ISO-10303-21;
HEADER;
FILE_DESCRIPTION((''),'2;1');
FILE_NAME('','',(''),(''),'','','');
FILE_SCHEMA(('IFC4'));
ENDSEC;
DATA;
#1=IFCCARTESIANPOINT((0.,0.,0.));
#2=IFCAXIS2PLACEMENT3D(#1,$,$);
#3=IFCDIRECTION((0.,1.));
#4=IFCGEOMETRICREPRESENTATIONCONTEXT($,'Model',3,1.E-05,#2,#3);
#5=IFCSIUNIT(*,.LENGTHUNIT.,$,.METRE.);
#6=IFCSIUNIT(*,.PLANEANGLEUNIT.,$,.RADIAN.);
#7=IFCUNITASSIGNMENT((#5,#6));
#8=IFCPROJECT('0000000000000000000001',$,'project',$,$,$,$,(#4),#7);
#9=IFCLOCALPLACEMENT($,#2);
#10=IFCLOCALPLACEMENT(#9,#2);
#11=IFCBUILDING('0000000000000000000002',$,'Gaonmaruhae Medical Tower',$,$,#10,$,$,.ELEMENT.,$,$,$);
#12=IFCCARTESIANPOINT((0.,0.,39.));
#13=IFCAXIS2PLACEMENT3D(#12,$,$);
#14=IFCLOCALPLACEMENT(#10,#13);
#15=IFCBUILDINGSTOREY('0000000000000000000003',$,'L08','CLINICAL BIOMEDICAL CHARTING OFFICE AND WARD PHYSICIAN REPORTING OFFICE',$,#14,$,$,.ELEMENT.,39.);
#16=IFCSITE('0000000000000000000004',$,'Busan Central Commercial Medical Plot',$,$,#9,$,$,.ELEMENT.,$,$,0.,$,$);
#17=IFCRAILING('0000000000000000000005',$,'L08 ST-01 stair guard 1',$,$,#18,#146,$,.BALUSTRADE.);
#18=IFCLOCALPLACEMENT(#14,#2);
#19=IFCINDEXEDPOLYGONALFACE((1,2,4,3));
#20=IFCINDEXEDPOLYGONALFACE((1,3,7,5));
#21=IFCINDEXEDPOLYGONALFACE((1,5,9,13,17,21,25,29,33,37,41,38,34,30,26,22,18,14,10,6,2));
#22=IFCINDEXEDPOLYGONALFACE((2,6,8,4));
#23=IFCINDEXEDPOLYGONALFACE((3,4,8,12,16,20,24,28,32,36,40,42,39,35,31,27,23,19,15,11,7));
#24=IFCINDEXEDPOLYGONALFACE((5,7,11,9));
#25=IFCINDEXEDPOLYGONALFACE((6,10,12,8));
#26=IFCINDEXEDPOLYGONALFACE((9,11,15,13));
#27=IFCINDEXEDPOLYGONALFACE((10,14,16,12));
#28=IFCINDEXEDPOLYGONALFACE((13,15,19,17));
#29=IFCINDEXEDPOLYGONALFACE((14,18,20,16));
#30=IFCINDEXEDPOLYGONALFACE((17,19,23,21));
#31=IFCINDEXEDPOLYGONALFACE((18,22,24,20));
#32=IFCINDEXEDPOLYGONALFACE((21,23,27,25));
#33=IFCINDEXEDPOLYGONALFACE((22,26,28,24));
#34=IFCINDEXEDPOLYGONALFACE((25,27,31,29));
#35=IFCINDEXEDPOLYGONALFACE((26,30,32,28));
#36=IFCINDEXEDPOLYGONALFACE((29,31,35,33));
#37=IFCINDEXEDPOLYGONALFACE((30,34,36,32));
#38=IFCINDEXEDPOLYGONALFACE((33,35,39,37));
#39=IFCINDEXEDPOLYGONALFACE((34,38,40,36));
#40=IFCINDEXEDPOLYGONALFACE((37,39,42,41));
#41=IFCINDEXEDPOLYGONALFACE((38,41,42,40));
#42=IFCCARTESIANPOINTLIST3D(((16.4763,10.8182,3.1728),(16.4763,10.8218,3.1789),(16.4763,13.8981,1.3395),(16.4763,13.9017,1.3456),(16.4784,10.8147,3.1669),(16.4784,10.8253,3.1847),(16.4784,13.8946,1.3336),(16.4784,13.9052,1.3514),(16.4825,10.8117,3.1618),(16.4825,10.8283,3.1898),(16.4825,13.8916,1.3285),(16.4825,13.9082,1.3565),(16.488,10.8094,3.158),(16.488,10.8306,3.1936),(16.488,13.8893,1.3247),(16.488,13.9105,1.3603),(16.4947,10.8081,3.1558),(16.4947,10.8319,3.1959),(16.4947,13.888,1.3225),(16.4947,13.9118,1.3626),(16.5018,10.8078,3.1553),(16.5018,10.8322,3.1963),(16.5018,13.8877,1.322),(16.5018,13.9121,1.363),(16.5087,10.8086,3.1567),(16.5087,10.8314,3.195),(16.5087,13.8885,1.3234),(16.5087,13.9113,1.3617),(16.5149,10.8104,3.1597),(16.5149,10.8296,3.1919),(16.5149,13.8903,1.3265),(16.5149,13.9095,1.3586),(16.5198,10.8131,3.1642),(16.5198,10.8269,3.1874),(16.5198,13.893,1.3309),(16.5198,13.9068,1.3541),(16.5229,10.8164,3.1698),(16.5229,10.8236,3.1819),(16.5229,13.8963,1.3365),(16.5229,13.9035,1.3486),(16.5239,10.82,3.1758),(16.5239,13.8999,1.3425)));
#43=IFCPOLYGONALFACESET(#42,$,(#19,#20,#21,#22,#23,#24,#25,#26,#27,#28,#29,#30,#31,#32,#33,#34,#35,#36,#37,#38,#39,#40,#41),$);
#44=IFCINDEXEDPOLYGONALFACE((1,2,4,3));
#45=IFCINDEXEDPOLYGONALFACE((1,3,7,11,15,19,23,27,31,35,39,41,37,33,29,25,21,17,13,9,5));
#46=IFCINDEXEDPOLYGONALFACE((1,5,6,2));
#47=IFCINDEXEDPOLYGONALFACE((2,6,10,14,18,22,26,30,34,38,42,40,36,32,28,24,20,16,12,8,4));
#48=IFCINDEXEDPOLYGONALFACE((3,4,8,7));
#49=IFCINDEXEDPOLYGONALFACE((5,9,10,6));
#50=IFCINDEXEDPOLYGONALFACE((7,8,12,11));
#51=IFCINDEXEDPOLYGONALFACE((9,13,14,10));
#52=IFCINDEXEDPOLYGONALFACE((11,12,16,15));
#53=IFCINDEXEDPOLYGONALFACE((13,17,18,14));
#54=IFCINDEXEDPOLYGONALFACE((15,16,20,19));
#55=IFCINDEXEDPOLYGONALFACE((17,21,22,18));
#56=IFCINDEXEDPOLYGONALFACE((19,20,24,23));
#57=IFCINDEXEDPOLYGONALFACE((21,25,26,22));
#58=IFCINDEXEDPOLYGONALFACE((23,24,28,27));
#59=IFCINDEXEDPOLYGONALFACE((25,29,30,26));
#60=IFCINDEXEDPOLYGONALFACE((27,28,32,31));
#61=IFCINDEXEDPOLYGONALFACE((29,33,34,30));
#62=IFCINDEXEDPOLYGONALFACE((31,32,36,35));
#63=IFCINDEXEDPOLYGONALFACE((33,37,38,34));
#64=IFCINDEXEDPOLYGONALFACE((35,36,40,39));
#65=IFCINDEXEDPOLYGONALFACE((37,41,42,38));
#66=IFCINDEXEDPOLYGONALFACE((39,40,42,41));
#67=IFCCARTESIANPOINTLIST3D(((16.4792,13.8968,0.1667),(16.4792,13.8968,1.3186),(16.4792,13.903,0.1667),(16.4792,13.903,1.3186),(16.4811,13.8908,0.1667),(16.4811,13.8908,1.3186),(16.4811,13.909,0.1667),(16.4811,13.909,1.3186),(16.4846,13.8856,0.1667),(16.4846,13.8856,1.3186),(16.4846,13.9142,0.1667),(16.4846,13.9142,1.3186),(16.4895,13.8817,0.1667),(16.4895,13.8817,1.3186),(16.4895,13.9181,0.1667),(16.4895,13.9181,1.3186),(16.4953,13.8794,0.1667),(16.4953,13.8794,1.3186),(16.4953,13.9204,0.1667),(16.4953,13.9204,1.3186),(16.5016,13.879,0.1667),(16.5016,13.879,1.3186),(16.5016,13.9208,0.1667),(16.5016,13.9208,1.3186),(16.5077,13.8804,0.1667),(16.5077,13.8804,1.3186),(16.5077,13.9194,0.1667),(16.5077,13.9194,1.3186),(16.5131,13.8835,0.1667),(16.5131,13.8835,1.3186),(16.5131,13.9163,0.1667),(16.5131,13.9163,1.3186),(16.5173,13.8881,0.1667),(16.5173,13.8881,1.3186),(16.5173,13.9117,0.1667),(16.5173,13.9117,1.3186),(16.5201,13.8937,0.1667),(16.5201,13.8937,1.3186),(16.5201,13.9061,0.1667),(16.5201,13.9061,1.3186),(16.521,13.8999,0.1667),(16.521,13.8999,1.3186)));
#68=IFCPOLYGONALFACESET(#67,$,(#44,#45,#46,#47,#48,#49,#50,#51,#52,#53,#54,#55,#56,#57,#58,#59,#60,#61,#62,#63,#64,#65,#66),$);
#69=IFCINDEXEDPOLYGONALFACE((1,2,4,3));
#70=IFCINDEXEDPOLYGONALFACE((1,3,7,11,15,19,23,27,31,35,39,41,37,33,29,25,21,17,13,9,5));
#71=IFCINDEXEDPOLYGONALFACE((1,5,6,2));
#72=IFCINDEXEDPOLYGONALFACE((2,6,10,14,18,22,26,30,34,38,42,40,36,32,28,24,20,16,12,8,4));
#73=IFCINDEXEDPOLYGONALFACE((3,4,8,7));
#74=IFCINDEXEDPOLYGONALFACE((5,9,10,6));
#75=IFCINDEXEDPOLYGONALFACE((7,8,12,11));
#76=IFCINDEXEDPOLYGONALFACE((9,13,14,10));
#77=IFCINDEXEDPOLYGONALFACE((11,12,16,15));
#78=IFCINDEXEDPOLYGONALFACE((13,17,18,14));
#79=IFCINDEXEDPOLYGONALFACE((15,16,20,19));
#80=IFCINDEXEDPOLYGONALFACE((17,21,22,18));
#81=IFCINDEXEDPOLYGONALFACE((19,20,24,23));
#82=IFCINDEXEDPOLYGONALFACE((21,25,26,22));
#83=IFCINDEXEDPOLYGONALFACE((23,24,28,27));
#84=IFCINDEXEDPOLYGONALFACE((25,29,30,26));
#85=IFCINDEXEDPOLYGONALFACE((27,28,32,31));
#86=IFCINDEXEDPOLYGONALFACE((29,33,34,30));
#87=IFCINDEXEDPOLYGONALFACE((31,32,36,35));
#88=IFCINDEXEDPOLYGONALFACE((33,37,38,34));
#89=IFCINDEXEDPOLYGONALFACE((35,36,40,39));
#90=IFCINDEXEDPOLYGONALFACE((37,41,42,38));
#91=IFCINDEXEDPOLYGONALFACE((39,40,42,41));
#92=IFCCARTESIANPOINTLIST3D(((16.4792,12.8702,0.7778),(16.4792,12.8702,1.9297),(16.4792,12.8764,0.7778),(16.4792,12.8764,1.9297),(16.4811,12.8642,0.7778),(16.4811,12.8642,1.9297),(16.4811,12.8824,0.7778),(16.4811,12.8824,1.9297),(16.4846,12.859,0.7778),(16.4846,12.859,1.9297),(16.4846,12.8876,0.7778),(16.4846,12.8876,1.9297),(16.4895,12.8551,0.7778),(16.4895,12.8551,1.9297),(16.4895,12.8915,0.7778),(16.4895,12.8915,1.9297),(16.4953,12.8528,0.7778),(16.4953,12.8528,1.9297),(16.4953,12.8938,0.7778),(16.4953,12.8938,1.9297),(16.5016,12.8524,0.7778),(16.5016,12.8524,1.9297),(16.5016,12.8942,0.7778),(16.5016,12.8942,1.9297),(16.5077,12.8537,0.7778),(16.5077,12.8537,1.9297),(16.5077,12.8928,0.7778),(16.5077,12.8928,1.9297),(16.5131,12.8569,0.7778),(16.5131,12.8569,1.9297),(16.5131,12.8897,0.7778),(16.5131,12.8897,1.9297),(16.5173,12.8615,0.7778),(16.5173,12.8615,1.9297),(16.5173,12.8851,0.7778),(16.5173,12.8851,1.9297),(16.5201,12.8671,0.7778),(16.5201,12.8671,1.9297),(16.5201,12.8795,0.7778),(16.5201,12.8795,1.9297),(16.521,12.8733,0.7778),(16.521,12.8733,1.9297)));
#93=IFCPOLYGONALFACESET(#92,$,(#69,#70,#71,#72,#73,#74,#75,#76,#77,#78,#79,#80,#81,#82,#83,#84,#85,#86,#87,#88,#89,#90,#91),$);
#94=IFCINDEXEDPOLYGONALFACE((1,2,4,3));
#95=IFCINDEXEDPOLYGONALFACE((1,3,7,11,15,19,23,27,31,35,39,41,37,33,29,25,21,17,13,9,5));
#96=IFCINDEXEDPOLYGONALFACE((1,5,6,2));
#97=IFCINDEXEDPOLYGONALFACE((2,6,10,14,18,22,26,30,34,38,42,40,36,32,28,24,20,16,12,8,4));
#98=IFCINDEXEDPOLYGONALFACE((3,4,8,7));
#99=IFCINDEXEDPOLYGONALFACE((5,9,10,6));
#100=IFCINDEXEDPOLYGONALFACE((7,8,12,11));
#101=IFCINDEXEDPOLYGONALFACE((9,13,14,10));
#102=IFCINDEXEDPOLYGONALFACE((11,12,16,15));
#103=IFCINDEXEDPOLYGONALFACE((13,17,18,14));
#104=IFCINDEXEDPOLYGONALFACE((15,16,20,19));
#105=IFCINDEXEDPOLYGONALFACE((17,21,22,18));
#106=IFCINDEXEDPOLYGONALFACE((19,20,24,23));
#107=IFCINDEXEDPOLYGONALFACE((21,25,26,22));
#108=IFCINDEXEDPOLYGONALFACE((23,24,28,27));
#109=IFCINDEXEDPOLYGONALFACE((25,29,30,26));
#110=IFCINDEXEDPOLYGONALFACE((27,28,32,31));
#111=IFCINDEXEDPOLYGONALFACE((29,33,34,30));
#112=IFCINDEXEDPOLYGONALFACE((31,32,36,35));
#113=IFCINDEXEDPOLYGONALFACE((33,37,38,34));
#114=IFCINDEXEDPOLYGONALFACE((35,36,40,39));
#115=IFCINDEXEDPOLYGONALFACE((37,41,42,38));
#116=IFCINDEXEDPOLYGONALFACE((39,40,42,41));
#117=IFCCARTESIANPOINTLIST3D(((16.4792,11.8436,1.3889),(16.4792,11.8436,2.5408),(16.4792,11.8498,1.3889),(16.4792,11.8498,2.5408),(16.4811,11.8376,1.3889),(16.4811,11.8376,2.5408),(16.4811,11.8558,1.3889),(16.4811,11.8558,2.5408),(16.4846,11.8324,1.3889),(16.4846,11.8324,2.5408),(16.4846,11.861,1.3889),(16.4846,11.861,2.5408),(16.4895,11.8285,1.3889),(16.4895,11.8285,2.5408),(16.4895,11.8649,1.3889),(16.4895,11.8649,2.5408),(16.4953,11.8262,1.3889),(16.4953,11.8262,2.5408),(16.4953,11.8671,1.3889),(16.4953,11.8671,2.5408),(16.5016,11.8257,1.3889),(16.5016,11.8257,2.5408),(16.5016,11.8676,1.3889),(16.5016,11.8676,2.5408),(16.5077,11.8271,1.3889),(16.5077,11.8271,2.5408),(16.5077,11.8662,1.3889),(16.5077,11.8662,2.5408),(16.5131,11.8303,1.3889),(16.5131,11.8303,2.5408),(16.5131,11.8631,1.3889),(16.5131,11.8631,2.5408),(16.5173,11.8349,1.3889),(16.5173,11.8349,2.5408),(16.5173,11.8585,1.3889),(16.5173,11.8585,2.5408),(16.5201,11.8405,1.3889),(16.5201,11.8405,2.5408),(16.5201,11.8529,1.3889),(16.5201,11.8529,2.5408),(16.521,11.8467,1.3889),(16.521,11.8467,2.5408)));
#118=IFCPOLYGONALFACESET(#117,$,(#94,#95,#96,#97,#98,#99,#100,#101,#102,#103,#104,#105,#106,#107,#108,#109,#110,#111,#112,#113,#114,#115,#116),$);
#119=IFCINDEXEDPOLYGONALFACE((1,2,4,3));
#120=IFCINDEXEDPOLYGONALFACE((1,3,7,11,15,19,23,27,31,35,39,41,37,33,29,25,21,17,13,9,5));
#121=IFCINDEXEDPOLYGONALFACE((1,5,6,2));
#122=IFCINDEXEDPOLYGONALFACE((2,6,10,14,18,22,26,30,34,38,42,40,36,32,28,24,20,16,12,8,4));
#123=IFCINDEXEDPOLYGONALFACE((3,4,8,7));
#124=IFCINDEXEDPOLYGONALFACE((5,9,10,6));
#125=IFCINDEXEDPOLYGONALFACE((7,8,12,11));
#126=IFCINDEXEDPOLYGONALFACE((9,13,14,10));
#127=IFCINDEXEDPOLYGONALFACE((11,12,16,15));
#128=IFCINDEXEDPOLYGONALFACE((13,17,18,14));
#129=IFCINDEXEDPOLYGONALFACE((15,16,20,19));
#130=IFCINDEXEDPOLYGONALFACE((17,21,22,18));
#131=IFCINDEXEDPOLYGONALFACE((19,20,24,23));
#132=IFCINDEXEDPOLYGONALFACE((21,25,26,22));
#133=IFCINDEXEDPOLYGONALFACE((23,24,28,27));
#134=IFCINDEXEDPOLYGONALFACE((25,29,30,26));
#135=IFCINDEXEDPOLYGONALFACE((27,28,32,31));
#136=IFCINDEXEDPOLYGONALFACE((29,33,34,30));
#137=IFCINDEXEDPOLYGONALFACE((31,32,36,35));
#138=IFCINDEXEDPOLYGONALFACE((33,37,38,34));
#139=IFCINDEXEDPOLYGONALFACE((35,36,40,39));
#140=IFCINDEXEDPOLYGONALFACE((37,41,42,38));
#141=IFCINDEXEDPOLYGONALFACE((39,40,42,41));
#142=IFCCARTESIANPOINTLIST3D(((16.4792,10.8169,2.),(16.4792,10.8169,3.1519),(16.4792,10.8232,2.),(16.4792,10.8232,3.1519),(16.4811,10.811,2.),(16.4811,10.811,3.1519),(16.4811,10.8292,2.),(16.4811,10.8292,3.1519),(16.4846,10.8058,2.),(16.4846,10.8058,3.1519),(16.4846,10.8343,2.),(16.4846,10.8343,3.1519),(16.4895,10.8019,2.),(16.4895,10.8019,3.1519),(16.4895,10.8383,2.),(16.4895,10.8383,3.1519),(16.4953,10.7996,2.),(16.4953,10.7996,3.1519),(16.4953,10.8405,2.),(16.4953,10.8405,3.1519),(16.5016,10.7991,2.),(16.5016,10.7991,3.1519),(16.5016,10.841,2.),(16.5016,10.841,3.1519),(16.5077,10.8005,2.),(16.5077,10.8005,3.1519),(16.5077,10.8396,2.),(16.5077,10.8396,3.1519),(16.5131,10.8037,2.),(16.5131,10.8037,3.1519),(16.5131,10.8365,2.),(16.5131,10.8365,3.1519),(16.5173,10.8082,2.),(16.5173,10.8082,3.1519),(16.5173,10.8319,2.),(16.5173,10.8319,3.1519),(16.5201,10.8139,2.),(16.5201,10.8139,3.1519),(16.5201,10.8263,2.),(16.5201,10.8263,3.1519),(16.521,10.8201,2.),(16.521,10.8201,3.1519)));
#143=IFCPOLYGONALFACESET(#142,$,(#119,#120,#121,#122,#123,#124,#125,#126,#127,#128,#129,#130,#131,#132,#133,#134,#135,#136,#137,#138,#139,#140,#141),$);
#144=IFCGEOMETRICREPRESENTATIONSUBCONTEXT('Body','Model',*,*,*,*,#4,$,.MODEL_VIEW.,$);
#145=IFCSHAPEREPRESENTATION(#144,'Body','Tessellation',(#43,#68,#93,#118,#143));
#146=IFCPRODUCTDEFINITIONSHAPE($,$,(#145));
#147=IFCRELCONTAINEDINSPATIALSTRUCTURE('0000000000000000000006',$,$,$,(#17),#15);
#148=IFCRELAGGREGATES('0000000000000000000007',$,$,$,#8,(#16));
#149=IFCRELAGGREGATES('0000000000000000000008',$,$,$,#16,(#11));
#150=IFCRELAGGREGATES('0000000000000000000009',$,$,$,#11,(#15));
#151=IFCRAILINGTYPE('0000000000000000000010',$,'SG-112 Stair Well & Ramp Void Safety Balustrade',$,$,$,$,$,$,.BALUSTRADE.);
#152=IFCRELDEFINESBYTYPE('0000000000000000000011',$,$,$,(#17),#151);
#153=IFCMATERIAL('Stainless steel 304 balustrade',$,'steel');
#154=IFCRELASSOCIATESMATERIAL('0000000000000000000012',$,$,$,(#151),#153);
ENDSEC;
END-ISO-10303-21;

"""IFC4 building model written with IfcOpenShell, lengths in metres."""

from ifc_helpers import new_model, si_unit, direction, frame, origin, origin_2d, place, context, subcontext, project, spatial, circle, extrude, material, type_object, element, save


model = new_model("IFC4")

# Units and contexts
model_context = context("Model", 3, precision=1e-05, world=origin(), true_north=direction((0.0, 1.0)))
body_context = subcontext(model_context, "Body", "Model", "MODEL_VIEW")
ifc_project = project(units=[si_unit("LENGTHUNIT", "METRE"), si_unit("PLANEANGLEUNIT", "RADIAN")], contexts=[model_context])

# Site, building, storey
site_placement = place(None, origin())
site = spatial("IfcSite", under=ifc_project, at=site_placement, Name="Busan Central Commercial Medical Plot", CompositionType="ELEMENT", RefElevation=0.0)
building_placement = place(site_placement, origin())
building = spatial("IfcBuilding", under=site, at=building_placement, Name="Gaonmaruhae Medical Tower", CompositionType="ELEMENT")
storey_placement = place(building_placement, frame((0.0, 0.0, 39.0)))
storey = spatial("IfcBuildingStorey", under=building, at=storey_placement, Name="L08", Description="CLINICAL BIOMEDICAL CHARTING OFFICE AND WARD PHYSICIAN REPORTING OFFICE", CompositionType="ELEMENT", Elevation=39.0)

# Railing
ifc_material_1 = material(Name="Stainless steel 304 balustrade", Category="steel")
railing_type_1 = type_object("IfcRailingType", Name="SG-112 Stair Well & Ramp Void Safety Balustrade", PredefinedType="BALUSTRADE", material=ifc_material_1)
railing_1_placement = place(storey_placement, frame((16.5, 13.8999, 0.1667)))
element("IfcRailing", 1, at=railing_1_placement, inside=storey, type_object=railing_type_1, Name="L08 ST-01 stair guard 1", PredefinedType="BALUSTRADE", context=body_context, shape_type="SweptSolid", body=[
    extrude(circle(Radius=0.0239, at=origin_2d()), frame((0.0, 0.0, 1.1758), z_axis=(0.0, -0.859291, 0.511487), x_axis=(1.0, 0.0, 0.0)), (0.0, 0.0, 1.0), 3.5842),
    extrude(circle(Radius=0.021, at=origin_2d()), origin(), (0.0, 0.0, 1.0), 1.1519),
    extrude(circle(Radius=0.021, at=origin_2d()), frame((0.0, -1.0266, 0.6111)), (0.0, 0.0, 1.0), 1.1519),
    extrude(circle(Radius=0.021, at=origin_2d()), frame((0.0, -2.0532, 1.2222)), (0.0, 0.0, 1.0), 1.1519),
    extrude(circle(Radius=0.021, at=origin_2d()), frame((0.0, -3.0798, 1.8333)), (0.0, 0.0, 1.0), 1.1519),
])

save(model, "model.ifc")
